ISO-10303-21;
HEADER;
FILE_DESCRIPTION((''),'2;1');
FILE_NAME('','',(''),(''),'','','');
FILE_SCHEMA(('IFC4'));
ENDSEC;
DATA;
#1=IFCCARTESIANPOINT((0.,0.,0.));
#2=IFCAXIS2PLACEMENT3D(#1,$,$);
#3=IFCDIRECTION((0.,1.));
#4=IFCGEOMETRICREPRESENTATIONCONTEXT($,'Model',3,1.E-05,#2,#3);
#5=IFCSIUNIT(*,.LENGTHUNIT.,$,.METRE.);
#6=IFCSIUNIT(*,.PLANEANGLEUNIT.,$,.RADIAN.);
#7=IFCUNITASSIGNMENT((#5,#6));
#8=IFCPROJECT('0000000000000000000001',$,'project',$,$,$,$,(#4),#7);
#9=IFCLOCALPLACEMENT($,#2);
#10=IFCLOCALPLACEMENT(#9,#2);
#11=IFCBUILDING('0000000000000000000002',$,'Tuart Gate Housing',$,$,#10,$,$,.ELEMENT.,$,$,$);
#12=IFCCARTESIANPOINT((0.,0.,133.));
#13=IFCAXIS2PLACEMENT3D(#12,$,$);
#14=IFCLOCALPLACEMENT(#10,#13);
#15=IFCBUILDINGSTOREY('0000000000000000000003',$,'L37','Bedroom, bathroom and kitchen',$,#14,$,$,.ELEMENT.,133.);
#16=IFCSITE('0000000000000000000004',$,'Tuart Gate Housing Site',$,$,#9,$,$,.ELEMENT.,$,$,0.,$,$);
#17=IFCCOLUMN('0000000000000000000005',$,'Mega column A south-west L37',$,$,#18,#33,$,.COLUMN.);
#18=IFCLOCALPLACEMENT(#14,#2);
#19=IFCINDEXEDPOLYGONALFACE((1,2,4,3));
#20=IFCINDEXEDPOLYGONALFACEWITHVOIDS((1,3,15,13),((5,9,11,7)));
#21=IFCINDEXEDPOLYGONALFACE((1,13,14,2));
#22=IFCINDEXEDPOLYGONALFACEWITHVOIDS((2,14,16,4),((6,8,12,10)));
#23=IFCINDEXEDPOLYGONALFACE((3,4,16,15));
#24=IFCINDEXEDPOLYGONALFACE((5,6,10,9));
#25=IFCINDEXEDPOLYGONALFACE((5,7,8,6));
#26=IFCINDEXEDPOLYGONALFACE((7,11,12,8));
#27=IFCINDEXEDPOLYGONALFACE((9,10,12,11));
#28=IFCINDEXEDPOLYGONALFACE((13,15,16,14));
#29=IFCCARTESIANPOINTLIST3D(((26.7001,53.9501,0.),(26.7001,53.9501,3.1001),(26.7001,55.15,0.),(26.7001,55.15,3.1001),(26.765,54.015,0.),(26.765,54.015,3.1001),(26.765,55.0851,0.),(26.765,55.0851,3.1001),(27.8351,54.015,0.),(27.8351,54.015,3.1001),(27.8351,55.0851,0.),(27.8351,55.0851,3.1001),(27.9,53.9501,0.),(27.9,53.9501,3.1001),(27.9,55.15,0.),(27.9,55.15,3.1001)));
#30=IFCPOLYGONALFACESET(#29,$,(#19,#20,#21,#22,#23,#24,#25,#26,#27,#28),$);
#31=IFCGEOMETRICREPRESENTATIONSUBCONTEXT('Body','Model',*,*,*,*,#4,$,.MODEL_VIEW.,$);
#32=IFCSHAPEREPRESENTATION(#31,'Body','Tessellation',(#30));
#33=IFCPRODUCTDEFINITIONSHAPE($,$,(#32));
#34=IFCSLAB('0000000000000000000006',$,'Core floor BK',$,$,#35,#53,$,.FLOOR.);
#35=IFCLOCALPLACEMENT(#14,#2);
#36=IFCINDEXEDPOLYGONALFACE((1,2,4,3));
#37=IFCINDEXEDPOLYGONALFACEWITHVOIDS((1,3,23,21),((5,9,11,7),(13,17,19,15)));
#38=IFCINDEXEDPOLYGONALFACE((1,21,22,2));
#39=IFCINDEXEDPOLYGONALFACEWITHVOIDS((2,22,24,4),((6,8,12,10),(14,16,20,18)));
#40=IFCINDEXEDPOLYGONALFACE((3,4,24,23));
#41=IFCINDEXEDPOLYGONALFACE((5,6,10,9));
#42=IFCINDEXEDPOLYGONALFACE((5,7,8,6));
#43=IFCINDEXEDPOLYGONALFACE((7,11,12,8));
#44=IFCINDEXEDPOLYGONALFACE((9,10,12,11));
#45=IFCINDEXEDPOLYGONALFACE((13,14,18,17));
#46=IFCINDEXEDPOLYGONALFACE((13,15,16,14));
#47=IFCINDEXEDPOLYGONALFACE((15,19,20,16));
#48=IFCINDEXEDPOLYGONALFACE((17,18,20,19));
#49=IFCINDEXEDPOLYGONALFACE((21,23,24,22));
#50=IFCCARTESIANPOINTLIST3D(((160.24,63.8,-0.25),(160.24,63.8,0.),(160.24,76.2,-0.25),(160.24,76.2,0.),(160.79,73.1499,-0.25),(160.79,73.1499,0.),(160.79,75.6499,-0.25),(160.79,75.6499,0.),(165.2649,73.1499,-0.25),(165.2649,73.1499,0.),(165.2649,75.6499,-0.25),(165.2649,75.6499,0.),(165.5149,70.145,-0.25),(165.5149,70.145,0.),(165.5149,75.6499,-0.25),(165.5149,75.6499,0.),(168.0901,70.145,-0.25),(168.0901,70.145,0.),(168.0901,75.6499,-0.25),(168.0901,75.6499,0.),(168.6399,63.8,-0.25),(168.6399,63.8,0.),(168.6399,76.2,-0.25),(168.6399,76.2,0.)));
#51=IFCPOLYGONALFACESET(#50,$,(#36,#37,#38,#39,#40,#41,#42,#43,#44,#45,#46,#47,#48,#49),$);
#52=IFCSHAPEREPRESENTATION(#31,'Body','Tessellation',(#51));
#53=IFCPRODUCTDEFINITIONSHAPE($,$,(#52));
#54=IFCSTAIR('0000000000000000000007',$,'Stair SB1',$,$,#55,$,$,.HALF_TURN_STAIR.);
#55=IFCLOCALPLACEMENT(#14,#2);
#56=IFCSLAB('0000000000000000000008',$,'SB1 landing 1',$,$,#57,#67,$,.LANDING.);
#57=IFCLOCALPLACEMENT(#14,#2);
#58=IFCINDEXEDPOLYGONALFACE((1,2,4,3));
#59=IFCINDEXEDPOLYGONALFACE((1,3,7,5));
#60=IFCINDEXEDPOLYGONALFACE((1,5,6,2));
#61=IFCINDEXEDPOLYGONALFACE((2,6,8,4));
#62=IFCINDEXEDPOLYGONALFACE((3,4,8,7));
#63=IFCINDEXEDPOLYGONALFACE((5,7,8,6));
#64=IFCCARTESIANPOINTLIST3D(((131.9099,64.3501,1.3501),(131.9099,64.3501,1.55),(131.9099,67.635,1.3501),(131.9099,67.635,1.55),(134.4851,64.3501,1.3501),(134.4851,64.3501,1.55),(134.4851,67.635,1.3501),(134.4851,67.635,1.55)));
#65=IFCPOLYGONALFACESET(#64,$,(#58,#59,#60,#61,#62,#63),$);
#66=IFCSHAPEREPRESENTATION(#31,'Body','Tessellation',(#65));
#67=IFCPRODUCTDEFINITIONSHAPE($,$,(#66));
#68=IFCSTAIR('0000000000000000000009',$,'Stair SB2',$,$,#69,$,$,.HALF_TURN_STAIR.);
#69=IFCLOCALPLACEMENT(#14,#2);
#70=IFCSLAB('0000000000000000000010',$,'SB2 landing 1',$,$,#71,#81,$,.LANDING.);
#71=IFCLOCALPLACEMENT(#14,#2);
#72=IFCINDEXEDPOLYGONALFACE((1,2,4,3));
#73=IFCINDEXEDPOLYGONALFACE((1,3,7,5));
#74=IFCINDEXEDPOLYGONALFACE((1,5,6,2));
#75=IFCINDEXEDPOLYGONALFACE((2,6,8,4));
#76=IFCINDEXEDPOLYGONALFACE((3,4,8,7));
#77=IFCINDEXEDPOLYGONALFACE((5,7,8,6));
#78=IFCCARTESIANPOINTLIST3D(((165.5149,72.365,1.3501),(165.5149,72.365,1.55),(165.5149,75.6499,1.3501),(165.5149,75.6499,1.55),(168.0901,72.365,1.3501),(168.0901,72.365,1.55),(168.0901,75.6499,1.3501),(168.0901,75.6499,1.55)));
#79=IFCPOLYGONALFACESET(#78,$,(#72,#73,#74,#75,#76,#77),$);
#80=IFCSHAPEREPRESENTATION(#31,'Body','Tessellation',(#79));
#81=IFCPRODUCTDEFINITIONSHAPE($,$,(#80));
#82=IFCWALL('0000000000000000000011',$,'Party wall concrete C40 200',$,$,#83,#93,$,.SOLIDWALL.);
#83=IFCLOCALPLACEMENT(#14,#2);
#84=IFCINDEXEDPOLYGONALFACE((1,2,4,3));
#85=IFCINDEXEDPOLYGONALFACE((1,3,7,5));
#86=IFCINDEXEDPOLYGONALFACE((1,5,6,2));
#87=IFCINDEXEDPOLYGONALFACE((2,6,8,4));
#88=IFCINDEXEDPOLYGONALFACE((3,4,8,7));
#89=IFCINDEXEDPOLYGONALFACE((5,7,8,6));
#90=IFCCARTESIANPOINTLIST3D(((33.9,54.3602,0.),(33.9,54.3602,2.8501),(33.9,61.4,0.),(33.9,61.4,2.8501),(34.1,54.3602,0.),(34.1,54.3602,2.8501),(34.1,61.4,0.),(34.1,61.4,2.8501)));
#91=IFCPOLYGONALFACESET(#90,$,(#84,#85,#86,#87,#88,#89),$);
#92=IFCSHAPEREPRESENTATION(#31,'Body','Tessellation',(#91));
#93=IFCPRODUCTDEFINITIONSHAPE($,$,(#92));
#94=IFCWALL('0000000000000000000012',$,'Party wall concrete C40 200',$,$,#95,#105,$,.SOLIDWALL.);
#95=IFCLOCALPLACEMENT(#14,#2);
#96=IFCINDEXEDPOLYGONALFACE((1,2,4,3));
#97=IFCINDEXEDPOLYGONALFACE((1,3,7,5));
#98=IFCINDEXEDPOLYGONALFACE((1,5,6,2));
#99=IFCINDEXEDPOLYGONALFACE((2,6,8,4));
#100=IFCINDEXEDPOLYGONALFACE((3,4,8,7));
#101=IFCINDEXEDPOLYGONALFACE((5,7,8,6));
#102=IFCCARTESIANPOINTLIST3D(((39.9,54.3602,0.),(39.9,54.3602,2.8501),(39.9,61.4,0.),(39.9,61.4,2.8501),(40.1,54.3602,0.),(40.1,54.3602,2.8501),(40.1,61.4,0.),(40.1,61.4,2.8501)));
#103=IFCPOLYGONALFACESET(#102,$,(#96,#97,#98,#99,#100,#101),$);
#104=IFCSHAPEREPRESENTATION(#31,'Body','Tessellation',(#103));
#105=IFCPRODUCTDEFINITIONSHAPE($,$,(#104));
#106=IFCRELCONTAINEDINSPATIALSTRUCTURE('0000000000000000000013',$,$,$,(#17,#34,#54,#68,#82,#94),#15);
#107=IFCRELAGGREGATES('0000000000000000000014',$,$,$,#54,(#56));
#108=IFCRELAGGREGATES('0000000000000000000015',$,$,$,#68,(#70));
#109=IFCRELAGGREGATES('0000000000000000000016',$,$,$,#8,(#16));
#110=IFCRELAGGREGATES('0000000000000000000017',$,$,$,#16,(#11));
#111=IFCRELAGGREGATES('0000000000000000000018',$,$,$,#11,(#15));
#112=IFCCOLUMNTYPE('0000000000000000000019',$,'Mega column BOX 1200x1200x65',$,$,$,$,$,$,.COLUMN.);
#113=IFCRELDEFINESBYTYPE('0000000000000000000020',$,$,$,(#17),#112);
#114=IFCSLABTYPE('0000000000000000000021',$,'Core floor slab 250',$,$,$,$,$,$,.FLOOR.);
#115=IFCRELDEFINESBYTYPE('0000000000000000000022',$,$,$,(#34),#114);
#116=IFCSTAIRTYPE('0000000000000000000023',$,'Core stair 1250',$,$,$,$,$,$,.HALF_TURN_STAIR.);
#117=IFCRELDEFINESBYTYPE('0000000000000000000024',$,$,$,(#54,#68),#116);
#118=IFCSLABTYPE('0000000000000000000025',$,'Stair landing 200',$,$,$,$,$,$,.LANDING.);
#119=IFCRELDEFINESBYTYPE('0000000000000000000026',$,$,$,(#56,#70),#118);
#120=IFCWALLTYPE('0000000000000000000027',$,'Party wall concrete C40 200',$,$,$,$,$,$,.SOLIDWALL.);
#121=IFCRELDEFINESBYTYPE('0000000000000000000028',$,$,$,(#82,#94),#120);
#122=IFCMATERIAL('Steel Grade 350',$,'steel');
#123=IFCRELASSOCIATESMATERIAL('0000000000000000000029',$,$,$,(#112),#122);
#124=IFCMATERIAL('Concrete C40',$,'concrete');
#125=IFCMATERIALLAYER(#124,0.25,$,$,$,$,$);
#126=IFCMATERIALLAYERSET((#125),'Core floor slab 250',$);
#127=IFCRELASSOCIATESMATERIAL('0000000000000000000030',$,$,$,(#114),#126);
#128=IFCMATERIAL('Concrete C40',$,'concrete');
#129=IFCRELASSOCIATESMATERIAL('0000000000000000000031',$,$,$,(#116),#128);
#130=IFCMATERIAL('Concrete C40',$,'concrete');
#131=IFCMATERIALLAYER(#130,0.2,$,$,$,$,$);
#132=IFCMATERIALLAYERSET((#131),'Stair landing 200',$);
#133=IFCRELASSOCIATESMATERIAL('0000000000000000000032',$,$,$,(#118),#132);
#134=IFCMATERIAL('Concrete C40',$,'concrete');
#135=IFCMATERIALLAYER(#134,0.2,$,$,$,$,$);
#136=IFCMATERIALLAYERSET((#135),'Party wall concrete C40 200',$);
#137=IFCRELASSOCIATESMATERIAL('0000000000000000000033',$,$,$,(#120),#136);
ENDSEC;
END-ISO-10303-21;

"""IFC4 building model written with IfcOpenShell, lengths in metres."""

from ifc_helpers import new_model, si_unit, direction, frame, frame_2d, origin, origin_2d, place, context, subcontext, project, spatial, polyline, rectangle, hollow_rectangle, outline, extrude, material, layer, layer_set, material_profile, profile_set, type_object, element, aggregate, save


model = new_model("IFC4")

# Units and contexts
model_context = context("Model", 3, precision=1e-05, world=origin(), true_north=direction((0.0, 1.0)))
body_context = subcontext(model_context, "Body", "Model", "MODEL_VIEW")
ifc_project = project(units=[si_unit("LENGTHUNIT", "METRE"), si_unit("PLANEANGLEUNIT", "RADIAN")], contexts=[model_context])

# Site, building, storey
site_placement = place(None, origin())
site = spatial("IfcSite", under=ifc_project, at=site_placement, Name="Tuart Gate Housing Site", CompositionType="ELEMENT", RefElevation=0.0)
building_placement = place(site_placement, origin())
building = spatial("IfcBuilding", under=site, at=building_placement, Name="Tuart Gate Housing", CompositionType="ELEMENT")
storey_placement = place(building_placement, frame((0.0, 0.0, 133.0)))
storey = spatial("IfcBuildingStorey", under=building, at=storey_placement, Name="L37", Description="Bedroom, bathroom and kitchen", CompositionType="ELEMENT", Elevation=133.0)

# Column
ifc_material_1 = material(Name="Steel Grade 350", Category="steel")
ifc_material_profile = material_profile(ifc_material_1, hollow_rectangle(XDim=1.2, YDim=1.2, WallThickness=0.0649, at=origin_2d()), Name="BOX 1200x1200x65")
ifc_profile_set = profile_set([ifc_material_profile], Name="Steel Grade 350")
column_type = type_object("IfcColumnType", Name="Mega column BOX 1200x1200x65", PredefinedType="COLUMN", material=ifc_profile_set)
column_placement = place(storey_placement, frame((27.3, 54.55, 0.0), z_axis=(0.0, 0.0, 1.0), x_axis=(1.0, 0.0, 0.0)))
element("IfcColumn", 1, at=column_placement, inside=storey, type_object=column_type, Name="Mega column A south-west L37", PredefinedType="COLUMN", context=body_context, shape_type="SweptSolid", body=[
    extrude(hollow_rectangle(XDim=1.2, YDim=1.2, WallThickness=0.0649, at=origin_2d()), origin(), (0.0, 0.0, 1.0), 3.1001),
])

# Slab
ifc_material_2 = material(Name="Concrete C40", Category="concrete")
ifc_layer_1 = layer(ifc_material_2, 0.25)
ifc_layer_set_1 = layer_set([ifc_layer_1], Name="Core floor slab 250")
slab_type_1 = type_object("IfcSlabType", Name="Core floor slab 250", PredefinedType="FLOOR", material=ifc_layer_set_1)
slab_1_placement = place(storey_placement, frame((0.0, 0.0, -0.25)))
element("IfcSlab", 2, at=slab_1_placement, inside=storey, type_object=slab_type_1, Name="Core floor BK", PredefinedType="FLOOR", context=body_context, shape_type="SweptSolid", body=[
    extrude(outline(polyline([(160.24, 63.8), (168.6399, 63.8), (168.6399, 76.2), (160.24, 76.2), (160.24, 63.8)]), holes=[polyline([(160.79, 73.1499), (165.2649, 73.1499), (165.2649, 75.6499), (160.79, 75.6499), (160.79, 73.1499)]), polyline([(165.5149, 70.145), (168.0901, 70.145), (168.0901, 75.6499), (165.5149, 75.6499), (165.5149, 70.145)])]), origin(), (0.0, 0.0, 1.0), 0.25),
])

# Stairs, slabs
ifc_material_3 = material(Name="Concrete C40", Category="concrete")
stair_type = type_object("IfcStairType", Name="Core stair 1250", PredefinedType="HALF_TURN_STAIR", material=ifc_material_3)
stair_1_placement = place(storey_placement, origin())
stair_1 = element("IfcStair", 3, at=stair_1_placement, inside=storey, type_object=stair_type, Name="Stair SB1", PredefinedType="HALF_TURN_STAIR")
ifc_material_4 = material(Name="Concrete C40", Category="concrete")
ifc_layer_2 = layer(ifc_material_4, 0.2)
ifc_layer_set_2 = layer_set([ifc_layer_2], Name="Stair landing 200")
slab_type_2 = type_object("IfcSlabType", Name="Stair landing 200", PredefinedType="LANDING", material=ifc_layer_set_2)
slab_2_placement = place(storey_placement, frame((0.0, 0.0, 1.3501)))
slab_2 = element("IfcSlab", 4, at=slab_2_placement, type_object=slab_type_2, Name="SB1 landing 1", PredefinedType="LANDING", context=body_context, shape_type="SweptSolid", body=[
    extrude(outline(polyline([(134.4851, 67.635), (131.9099, 67.635), (131.9099, 64.3501), (134.4851, 64.3501), (134.4851, 67.635)])), origin(), (0.0, 0.0, 1.0), 0.2),
])
aggregate(stair_1, [slab_2])
stair_2_placement = place(storey_placement, origin())
stair_2 = element("IfcStair", 5, at=stair_2_placement, inside=storey, type_object=stair_type, Name="Stair SB2", PredefinedType="HALF_TURN_STAIR")
slab_3_placement = place(storey_placement, frame((0.0, 0.0, 1.3501)))
slab_3 = element("IfcSlab", 6, at=slab_3_placement, type_object=slab_type_2, Name="SB2 landing 1", PredefinedType="LANDING", context=body_context, shape_type="SweptSolid", body=[
    extrude(outline(polyline([(165.5149, 72.365), (168.0901, 72.365), (168.0901, 75.6499), (165.5149, 75.6499), (165.5149, 72.365)])), origin(), (0.0, 0.0, 1.0), 0.2),
])
aggregate(stair_2, [slab_3])

# Walls
ifc_material_5 = material(Name="Concrete C40", Category="concrete")
ifc_layer_3 = layer(ifc_material_5, 0.2)
ifc_layer_set_3 = layer_set([ifc_layer_3], Name="Party wall concrete C40 200")
wall_type_1 = type_object("IfcWallType", Name="Party wall concrete C40 200", PredefinedType="SOLIDWALL", material=ifc_layer_set_3)
for number, where, z_axis, x_axis, name in (
    (7, (34.0, 54.3601, 0.0), (0.0, 0.0, 1.0), (0.0, 1.0, 0.0), "Party wall concrete C40 200"),
    (8, (40.0, 54.3601, 0.0), (0.0, 0.0, 1.0), (0.0, 1.0, 0.0), "Party wall concrete C40 200"),
):
    element("IfcWall", number, at=place(storey_placement, frame(where, z_axis=z_axis, x_axis=x_axis)), inside=storey, type_object=wall_type_1, Name=name, PredefinedType="SOLIDWALL", context=body_context, shape_type="SweptSolid", body=[
        extrude(rectangle(XDim=7.0398, YDim=0.2, at=frame_2d((3.52, 0.0))), origin(), (0.0, 0.0, 1.0), 2.8501),
    ])

save(model, "model.ifc")
